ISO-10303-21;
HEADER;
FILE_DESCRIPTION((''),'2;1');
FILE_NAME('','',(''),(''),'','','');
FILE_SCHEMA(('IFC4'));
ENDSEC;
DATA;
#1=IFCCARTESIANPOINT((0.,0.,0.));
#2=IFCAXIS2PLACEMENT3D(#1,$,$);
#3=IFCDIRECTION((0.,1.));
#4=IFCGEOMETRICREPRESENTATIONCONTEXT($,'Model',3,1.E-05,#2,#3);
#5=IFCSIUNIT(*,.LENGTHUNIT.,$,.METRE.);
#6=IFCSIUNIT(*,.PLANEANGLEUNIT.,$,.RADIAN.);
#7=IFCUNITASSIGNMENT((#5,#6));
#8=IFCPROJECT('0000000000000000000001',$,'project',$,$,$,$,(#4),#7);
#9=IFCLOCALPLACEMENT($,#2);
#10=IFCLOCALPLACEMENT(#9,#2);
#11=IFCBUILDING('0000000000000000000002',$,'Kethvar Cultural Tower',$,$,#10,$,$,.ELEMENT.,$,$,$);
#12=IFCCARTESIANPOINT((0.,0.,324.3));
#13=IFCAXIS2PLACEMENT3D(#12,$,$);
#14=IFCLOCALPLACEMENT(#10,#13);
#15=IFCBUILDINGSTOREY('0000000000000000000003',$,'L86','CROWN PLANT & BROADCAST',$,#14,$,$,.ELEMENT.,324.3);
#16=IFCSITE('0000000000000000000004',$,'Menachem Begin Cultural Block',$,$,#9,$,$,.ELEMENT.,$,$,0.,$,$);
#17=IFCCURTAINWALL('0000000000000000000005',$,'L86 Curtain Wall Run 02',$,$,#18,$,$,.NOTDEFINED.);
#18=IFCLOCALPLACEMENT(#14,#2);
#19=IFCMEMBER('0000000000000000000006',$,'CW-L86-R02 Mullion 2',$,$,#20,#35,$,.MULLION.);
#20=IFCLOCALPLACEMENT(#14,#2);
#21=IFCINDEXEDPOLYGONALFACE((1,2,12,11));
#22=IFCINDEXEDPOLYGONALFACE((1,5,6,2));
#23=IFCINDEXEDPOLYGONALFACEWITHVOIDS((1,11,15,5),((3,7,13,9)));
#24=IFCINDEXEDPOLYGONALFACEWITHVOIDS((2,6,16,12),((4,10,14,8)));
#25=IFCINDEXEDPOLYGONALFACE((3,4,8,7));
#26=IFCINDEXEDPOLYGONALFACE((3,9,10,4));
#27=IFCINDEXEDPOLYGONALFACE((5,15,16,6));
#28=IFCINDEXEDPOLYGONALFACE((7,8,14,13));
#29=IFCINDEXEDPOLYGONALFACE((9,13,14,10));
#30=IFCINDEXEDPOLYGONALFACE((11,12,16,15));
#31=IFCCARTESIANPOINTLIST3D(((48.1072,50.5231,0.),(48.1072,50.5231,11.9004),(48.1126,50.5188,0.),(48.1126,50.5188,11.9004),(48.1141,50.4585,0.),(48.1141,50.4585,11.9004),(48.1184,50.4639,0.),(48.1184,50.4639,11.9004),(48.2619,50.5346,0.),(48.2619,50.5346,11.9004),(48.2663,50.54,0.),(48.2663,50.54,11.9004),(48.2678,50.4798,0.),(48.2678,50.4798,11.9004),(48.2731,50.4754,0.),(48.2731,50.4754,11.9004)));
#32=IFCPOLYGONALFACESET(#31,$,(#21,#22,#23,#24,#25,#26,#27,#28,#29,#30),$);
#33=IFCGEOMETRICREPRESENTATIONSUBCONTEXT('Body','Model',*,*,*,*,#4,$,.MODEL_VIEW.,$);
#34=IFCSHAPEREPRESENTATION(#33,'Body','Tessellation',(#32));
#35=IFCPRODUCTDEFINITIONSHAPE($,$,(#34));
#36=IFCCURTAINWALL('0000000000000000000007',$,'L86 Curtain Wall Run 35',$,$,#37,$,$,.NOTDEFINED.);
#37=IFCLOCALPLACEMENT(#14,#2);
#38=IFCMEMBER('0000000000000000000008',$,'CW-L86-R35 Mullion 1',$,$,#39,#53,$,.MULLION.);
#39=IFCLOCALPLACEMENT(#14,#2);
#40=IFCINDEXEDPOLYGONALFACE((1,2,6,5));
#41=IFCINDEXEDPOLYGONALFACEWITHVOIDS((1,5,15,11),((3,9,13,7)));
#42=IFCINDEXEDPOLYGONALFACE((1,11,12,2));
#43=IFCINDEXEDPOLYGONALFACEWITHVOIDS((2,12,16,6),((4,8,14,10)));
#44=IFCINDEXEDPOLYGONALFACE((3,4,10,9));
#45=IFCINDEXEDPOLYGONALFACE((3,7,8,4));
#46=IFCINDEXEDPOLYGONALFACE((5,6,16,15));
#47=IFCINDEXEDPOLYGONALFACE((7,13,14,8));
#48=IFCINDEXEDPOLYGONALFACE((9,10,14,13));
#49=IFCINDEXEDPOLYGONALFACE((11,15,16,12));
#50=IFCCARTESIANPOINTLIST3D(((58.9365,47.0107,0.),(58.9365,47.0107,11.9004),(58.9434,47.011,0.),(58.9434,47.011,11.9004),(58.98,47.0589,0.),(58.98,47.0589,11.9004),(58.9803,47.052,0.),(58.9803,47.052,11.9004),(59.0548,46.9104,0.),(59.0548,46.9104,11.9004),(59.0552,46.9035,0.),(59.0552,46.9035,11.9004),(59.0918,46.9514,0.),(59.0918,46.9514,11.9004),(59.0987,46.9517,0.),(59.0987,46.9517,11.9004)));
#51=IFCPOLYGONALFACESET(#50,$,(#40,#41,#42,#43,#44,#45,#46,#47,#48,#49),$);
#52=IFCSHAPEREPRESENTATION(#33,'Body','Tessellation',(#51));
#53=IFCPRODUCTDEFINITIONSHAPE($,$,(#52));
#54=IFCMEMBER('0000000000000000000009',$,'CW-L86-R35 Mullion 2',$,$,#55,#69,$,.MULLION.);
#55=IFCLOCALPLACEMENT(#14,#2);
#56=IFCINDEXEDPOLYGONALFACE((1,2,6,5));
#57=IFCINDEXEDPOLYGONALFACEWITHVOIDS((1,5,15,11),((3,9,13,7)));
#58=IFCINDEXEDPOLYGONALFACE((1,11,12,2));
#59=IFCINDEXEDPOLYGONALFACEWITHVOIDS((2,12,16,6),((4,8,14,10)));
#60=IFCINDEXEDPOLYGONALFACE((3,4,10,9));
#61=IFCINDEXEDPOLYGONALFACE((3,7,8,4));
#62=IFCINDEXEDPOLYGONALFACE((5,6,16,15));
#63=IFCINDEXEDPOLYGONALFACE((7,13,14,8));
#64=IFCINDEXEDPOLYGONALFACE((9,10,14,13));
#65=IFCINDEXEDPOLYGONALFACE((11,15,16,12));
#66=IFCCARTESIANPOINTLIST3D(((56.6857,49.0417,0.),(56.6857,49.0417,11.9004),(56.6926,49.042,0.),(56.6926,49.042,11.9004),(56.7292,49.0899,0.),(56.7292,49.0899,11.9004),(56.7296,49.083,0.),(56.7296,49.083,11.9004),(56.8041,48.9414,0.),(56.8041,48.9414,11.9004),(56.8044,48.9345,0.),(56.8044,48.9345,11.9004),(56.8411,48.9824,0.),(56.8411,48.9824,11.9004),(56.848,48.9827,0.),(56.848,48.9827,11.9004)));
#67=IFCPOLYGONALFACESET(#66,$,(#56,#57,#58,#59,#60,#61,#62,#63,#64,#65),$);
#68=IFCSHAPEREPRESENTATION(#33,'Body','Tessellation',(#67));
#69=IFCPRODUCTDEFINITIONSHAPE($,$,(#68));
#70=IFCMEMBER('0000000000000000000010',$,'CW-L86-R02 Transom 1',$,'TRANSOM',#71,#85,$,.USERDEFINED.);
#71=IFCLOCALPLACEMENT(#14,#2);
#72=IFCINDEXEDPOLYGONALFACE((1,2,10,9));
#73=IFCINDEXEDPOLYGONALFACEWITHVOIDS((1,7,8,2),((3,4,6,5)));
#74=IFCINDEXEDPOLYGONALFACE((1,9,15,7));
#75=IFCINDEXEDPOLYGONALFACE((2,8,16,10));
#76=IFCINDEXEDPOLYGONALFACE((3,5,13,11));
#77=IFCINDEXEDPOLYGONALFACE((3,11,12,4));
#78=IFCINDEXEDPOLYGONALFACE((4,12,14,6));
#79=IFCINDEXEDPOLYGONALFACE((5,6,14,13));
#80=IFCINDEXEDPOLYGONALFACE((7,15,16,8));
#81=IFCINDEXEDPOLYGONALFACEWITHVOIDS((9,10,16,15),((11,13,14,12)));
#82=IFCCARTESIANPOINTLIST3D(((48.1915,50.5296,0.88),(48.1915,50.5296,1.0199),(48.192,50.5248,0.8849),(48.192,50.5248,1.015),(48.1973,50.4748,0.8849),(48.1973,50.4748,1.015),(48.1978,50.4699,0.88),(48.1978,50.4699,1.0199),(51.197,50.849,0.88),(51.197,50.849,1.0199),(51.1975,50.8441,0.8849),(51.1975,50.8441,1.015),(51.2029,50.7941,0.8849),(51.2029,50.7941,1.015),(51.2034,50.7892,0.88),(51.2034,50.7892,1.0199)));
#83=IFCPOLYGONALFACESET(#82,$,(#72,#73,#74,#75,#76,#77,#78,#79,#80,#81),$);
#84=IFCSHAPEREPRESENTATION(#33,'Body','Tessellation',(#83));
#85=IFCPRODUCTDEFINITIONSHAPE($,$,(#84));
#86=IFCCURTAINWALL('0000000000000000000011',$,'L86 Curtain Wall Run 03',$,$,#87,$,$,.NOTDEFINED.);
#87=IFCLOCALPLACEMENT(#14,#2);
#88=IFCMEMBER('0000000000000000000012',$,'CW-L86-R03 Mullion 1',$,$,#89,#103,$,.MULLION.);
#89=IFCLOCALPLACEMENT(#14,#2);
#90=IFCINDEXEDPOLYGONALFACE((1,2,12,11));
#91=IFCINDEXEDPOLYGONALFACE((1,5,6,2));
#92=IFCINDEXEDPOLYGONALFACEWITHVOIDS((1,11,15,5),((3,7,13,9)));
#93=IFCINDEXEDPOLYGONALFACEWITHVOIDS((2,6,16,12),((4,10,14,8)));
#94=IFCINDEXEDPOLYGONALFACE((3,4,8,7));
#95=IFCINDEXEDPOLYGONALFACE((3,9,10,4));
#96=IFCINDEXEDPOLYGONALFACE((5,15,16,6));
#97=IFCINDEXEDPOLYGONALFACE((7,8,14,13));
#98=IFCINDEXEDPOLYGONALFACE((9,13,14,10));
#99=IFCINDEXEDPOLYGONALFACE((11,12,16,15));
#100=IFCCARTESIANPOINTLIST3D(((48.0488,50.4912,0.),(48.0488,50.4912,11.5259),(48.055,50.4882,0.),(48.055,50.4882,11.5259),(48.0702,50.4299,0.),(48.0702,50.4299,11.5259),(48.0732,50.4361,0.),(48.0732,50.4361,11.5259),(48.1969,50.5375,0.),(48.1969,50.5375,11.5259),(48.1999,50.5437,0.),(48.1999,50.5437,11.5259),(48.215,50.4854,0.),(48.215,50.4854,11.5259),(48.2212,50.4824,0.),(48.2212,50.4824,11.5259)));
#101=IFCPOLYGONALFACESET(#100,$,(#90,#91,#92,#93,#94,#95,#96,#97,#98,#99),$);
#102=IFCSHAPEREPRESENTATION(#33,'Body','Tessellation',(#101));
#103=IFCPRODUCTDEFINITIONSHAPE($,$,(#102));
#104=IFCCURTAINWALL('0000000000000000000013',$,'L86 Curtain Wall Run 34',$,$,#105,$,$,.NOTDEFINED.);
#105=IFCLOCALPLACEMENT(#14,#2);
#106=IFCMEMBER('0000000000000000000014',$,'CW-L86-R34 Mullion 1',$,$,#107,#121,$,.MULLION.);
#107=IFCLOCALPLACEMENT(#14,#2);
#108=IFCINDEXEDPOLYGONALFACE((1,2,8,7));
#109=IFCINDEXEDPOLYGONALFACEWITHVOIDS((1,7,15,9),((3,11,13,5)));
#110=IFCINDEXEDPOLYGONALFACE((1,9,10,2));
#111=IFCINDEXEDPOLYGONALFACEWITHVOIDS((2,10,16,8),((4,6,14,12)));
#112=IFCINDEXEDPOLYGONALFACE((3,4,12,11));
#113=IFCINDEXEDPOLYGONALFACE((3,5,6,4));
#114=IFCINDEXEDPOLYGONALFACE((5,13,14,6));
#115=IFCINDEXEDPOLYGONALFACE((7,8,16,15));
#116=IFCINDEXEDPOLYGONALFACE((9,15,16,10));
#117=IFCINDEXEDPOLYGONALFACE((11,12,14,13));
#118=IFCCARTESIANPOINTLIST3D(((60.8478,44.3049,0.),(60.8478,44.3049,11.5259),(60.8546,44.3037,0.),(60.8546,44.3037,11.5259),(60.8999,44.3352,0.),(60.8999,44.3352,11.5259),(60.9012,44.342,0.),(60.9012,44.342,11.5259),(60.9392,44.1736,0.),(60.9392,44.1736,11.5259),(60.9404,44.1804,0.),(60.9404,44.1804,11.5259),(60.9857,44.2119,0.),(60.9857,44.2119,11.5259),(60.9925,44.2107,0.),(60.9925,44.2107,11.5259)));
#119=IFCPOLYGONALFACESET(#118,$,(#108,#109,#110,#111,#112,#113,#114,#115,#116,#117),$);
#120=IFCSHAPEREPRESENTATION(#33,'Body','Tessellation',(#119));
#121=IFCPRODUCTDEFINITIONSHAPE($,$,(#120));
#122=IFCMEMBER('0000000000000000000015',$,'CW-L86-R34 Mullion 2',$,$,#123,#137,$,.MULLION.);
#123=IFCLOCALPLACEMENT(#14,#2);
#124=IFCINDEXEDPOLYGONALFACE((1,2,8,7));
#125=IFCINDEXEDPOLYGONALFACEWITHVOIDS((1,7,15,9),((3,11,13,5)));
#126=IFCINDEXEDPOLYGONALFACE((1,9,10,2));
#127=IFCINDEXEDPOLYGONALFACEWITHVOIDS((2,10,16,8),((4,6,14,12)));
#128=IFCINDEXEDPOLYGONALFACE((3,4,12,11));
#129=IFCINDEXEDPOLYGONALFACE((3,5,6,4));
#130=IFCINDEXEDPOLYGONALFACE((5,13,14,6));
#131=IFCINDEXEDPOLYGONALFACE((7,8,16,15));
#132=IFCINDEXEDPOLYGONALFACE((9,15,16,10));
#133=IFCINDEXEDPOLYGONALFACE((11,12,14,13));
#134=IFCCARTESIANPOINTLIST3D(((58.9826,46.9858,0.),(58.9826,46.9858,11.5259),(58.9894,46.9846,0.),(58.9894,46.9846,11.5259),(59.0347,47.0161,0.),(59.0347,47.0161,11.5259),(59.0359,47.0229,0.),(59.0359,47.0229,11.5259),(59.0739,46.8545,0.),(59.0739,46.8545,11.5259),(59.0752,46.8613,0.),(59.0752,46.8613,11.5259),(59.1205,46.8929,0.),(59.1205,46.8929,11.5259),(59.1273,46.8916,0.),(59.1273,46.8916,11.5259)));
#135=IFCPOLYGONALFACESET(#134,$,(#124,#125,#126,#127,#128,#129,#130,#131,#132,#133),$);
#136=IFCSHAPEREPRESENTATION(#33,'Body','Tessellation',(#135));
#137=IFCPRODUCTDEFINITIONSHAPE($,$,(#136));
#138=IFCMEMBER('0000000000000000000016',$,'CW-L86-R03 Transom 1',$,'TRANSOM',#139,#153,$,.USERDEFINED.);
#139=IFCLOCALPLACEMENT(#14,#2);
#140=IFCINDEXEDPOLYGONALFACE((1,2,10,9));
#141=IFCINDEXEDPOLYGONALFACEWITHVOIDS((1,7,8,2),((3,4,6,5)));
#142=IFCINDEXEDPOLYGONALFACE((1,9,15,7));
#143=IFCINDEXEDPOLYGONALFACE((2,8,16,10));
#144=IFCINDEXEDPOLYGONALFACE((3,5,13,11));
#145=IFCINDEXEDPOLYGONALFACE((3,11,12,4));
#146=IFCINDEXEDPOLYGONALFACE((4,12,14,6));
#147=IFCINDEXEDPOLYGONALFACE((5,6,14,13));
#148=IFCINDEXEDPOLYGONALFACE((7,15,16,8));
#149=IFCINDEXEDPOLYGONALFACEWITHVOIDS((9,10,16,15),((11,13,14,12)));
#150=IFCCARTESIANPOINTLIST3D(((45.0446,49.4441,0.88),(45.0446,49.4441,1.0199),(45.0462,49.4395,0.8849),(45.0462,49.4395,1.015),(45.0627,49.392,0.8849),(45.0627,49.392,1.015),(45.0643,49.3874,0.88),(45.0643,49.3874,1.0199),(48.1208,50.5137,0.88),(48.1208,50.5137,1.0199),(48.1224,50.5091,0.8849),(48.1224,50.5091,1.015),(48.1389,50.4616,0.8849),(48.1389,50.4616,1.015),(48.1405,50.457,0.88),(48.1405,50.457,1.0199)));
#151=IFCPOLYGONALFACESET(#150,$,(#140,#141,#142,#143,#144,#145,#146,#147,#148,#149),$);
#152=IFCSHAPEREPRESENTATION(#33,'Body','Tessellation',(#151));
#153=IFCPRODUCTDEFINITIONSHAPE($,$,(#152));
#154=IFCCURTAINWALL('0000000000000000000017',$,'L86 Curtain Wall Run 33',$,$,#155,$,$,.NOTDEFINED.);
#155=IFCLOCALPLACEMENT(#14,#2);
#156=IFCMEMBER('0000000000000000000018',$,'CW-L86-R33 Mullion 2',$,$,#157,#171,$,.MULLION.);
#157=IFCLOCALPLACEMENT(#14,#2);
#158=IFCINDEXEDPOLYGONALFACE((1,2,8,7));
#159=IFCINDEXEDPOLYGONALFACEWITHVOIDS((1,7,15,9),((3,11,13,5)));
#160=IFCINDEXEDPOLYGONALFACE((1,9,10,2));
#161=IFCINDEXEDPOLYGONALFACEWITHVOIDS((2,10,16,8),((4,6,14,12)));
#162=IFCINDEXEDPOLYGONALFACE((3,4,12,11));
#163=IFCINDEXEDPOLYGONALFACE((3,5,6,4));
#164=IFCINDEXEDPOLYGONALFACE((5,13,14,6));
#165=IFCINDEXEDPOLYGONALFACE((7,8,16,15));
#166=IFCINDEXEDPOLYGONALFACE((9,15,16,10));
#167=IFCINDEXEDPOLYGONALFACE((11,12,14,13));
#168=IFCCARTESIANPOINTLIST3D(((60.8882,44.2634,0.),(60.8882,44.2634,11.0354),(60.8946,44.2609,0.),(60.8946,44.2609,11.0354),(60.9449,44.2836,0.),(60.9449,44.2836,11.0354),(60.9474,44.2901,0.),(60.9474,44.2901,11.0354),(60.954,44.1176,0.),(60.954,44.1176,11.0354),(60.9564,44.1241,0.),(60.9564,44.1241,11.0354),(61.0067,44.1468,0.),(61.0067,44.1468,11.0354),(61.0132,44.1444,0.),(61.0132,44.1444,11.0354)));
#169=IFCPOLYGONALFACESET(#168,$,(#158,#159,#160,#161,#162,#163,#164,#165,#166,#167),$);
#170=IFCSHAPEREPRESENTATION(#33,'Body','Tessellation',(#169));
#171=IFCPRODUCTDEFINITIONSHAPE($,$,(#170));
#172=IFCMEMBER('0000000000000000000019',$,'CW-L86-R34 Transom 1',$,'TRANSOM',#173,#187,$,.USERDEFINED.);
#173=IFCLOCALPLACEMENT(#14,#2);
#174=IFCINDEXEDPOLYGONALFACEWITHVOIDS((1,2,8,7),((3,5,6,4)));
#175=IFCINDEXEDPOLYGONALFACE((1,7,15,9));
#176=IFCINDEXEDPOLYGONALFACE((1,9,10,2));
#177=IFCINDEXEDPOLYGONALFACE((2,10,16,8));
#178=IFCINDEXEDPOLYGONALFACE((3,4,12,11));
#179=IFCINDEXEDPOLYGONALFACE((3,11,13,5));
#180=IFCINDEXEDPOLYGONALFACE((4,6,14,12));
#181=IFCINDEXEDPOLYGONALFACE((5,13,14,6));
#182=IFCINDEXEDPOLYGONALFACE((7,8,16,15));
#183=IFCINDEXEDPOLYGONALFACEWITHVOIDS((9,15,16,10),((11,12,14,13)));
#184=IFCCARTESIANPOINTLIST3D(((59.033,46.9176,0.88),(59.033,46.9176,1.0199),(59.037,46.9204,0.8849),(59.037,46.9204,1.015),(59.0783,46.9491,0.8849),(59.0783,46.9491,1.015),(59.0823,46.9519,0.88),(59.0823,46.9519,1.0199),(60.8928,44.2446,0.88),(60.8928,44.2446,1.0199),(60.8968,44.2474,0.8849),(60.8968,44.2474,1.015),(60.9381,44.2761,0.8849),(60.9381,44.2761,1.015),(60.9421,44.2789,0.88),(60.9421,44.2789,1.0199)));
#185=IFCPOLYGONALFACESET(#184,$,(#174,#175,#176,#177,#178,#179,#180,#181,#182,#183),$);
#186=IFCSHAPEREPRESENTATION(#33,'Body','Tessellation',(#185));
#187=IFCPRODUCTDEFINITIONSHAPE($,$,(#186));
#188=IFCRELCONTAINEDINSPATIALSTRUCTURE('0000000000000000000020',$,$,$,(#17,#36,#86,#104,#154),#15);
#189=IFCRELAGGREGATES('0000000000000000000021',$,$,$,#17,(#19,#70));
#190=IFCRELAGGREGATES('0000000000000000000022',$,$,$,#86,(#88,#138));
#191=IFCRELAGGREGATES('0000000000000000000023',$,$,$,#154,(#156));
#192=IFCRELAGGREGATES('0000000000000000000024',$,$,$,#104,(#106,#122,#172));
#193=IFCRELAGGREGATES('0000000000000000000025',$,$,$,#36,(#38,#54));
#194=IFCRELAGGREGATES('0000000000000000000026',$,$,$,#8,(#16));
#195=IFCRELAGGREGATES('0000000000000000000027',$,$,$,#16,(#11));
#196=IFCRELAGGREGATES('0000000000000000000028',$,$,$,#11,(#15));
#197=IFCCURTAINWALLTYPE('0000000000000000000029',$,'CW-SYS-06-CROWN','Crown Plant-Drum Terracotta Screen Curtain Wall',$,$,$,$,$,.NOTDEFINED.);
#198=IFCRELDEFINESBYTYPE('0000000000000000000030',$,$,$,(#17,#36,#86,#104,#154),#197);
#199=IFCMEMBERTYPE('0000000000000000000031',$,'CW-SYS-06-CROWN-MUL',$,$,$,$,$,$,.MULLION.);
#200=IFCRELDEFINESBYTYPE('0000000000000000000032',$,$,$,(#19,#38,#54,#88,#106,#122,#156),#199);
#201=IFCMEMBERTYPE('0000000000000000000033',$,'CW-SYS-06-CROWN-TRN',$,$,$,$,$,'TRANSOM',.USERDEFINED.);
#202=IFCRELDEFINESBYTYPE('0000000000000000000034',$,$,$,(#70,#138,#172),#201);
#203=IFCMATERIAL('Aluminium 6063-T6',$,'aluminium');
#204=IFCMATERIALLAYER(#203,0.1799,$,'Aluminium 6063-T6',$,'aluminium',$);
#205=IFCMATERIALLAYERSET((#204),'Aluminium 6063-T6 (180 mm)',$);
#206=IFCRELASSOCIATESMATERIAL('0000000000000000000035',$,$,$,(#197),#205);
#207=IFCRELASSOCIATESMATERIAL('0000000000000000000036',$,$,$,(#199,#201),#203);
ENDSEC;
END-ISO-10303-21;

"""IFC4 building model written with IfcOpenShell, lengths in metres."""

from ifc_helpers import new_model, si_unit, direction, frame, origin, origin_2d, place, context, subcontext, project, spatial, hollow_rectangle, extrude, source, transform, mapped, material, layer, layer_set, material_profile, profile_set, type_object, element, aggregate, save


model = new_model("IFC4")

# Units and contexts
model_context = context("Model", 3, precision=1e-05, world=origin(), true_north=direction((0.0, 1.0)))
body_context = subcontext(model_context, "Body", "Model", "MODEL_VIEW")
ifc_project = project(units=[si_unit("LENGTHUNIT", "METRE"), si_unit("PLANEANGLEUNIT", "RADIAN")], contexts=[model_context])

# Site, building, storey
site_placement = place(None, origin())
site = spatial("IfcSite", under=ifc_project, at=site_placement, Name="Menachem Begin Cultural Block", CompositionType="ELEMENT", RefElevation=0.0)
building_placement = place(site_placement, origin())
building = spatial("IfcBuilding", under=site, at=building_placement, Name="Kethvar Cultural Tower", CompositionType="ELEMENT")
storey_placement = place(building_placement, frame((0.0, 0.0, 324.3)))
storey = spatial("IfcBuildingStorey", under=building, at=storey_placement, Name="L86", Description="CROWN PLANT & BROADCAST", CompositionType="ELEMENT", Elevation=324.3)

# Shared definitions
ifc_material_1 = material(Name="Aluminium 6063-T6", Category="aluminium")
ifc_layer_1 = layer(ifc_material_1, 0.1799, Name="Aluminium 6063-T6", Category="aluminium")
ifc_layer_set_1 = layer_set([ifc_layer_1], Name="Aluminium 6063-T6 (180 mm)")
curtain_wall_type = type_object("IfcCurtainWallType", Name="CW-SYS-06-CROWN", Description="Crown Plant-Drum Terracotta Screen Curtain Wall", PredefinedType="NOTDEFINED", material=ifc_layer_set_1)
ifc_material_profile_1 = material_profile(ifc_material_1, hollow_rectangle(XDim=0.0649, YDim=0.1599, WallThickness=0.0049, at=origin_2d()), Name="Aluminium 6063-T6 — RHS160x65x5")
ifc_profile_set_1 = profile_set([ifc_material_profile_1], Name="Aluminium 6063-T6 — RHS160x65x5")
member_type_1 = type_object("IfcMemberType", Name="CW-SYS-06-CROWN-MUL", PredefinedType="MULLION", material=ifc_profile_set_1)

# Shared definitions
ifc_material_profile_2 = material_profile(ifc_material_1, hollow_rectangle(XDim=0.0601, YDim=0.1399, WallThickness=0.0049, at=origin_2d()), Name="Aluminium 6063-T6 — RHS140x60x5")
ifc_profile_set_2 = profile_set([ifc_material_profile_2], Name="Aluminium 6063-T6 — RHS140x60x5")
member_type_2 = type_object("IfcMemberType", Name="CW-SYS-06-CROWN-TRN", ElementType="TRANSOM", PredefinedType="USERDEFINED", material=ifc_profile_set_2)

# Curtain walls, members
curtain_wall_1_placement = place(storey_placement, origin())
curtain_wall_1 = element("IfcCurtainWall", 1, at=curtain_wall_1_placement, inside=storey, type_object=curtain_wall_type, Name="L86 Curtain Wall Run 02", PredefinedType="NOTDEFINED")
shared_shape_1 = source(origin(), body_context, "Body", "SweptSolid", [
    extrude(hollow_rectangle(XDim=0.0649, YDim=0.1599, WallThickness=0.0049, at=origin_2d()), origin(), (0.0, 0.0, 1.0), 11.9004),
])
member_1_placement = place(storey_placement, frame((48.1902, 50.4993, 0.0), z_axis=(0.0, 0.0, 1.0), x_axis=(0.105639, -0.994405, 0.0)))
member_1 = element("IfcMember", 2, at=member_1_placement, type_object=member_type_1, Name="CW-L86-R02 Mullion 2", PredefinedType="MULLION", context=body_context, shape_type="MappedRepresentation", body=[
    mapped(shared_shape_1, transform((0.0, 0.0, 0.0), scale=1.0)),
])
curtain_wall_2_placement = place(storey_placement, origin())
curtain_wall_2 = element("IfcCurtainWall", 3, at=curtain_wall_2_placement, inside=storey, type_object=curtain_wall_type, Name="L86 Curtain Wall Run 35", PredefinedType="NOTDEFINED")
member_2_placement = place(storey_placement, frame((59.0176, 46.9812, 0.0), z_axis=(0.0, 0.0, 1.0), x_axis=(-0.669986, -0.742374, 0.0)))
member_2 = element("IfcMember", 4, at=member_2_placement, type_object=member_type_1, Name="CW-L86-R35 Mullion 1", PredefinedType="MULLION", context=body_context, shape_type="MappedRepresentation", body=[
    mapped(shared_shape_1, transform((0.0, 0.0, 0.0), scale=1.0)),
])
member_3_placement = place(storey_placement, frame((56.7668, 49.0122, 0.0), z_axis=(0.0, 0.0, 1.0), x_axis=(-0.669986, -0.742374, 0.0)))
member_3 = element("IfcMember", 5, at=member_3_placement, type_object=member_type_1, Name="CW-L86-R35 Mullion 2", PredefinedType="MULLION", context=body_context, shape_type="MappedRepresentation", body=[
    mapped(shared_shape_1, transform((0.0, 0.0, 0.0), scale=1.0)),
])

# Member
shared_shape_2 = source(origin(), body_context, "Body", "SweptSolid", [
    extrude(hollow_rectangle(XDim=0.0601, YDim=0.1399, WallThickness=0.0049, at=origin_2d()), origin(), (0.0, 0.0, 1.0), 3.0225),
])
member_4_placement = place(storey_placement, frame((51.2002, 50.8191, 0.95), z_axis=(-0.994403, -0.105652, 0.0), x_axis=(0.105652, -0.994403, 0.0)))
member_4 = element("IfcMember", 6, at=member_4_placement, type_object=member_type_2, Name="CW-L86-R02 Transom 1", ObjectType="TRANSOM", PredefinedType="USERDEFINED", context=body_context, shape_type="MappedRepresentation", body=[
    mapped(shared_shape_2, transform((0.0, 0.0, 0.0), scale=1.0)),
])

# Curtain wall, member
curtain_wall_3_placement = place(storey_placement, origin())
curtain_wall_3 = element("IfcCurtainWall", 7, at=curtain_wall_3_placement, inside=storey, type_object=curtain_wall_type, Name="L86 Curtain Wall Run 03", PredefinedType="NOTDEFINED")
shared_shape_3 = source(origin(), body_context, "Body", "SweptSolid", [
    extrude(hollow_rectangle(XDim=0.0649, YDim=0.1599, WallThickness=0.0049, at=origin_2d()), origin(), (0.0, 0.0, 1.0), 11.5259),
])
member_5_placement = place(storey_placement, frame((48.135, 50.4868, 0.0), z_axis=(0.0, 0.0, 1.0), x_axis=(0.328405, -0.944537, 0.0)))
member_5 = element("IfcMember", 8, at=member_5_placement, type_object=member_type_1, Name="CW-L86-R03 Mullion 1", PredefinedType="MULLION", context=body_context, shape_type="MappedRepresentation", body=[
    mapped(shared_shape_3, transform((0.0, 0.0, 0.0), scale=1.0)),
])

# Curtain wall, members
curtain_wall_4_placement = place(storey_placement, origin())
curtain_wall_4 = element("IfcCurtainWall", 9, at=curtain_wall_4_placement, inside=storey, type_object=curtain_wall_type, Name="L86 Curtain Wall Run 34", PredefinedType="NOTDEFINED")
member_6_placement = place(storey_placement, frame((60.9202, 44.2578, 0.0), z_axis=(0.0, 0.0, 1.0), x_axis=(-0.82085, -0.571143, 0.0)))
member_6 = element("IfcMember", 10, at=member_6_placement, type_object=member_type_1, Name="CW-L86-R34 Mullion 1", PredefinedType="MULLION", context=body_context, shape_type="MappedRepresentation", body=[
    mapped(shared_shape_3, transform((0.0, 0.0, 0.0), scale=1.0)),
])
member_7_placement = place(storey_placement, frame((59.0549, 46.9387, 0.0), z_axis=(0.0, 0.0, 1.0), x_axis=(-0.82085, -0.571143, 0.0)))
member_7 = element("IfcMember", 11, at=member_7_placement, type_object=member_type_1, Name="CW-L86-R34 Mullion 2", PredefinedType="MULLION", context=body_context, shape_type="MappedRepresentation", body=[
    mapped(shared_shape_3, transform((0.0, 0.0, 0.0), scale=1.0)),
])

# Member
shared_shape_4 = source(origin(), body_context, "Body", "SweptSolid", [
    extrude(hollow_rectangle(XDim=0.0601, YDim=0.1399, WallThickness=0.0049, at=origin_2d()), origin(), (0.0, 0.0, 1.0), 3.2568),
])
member_8_placement = place(storey_placement, frame((48.1306, 50.4854, 0.95), z_axis=(-0.944534, -0.328413, 0.0), x_axis=(0.328413, -0.944534, 0.0)))
member_8 = element("IfcMember", 12, at=member_8_placement, type_object=member_type_2, Name="CW-L86-R03 Transom 1", ObjectType="TRANSOM", PredefinedType="USERDEFINED", context=body_context, shape_type="MappedRepresentation", body=[
    mapped(shared_shape_4, transform((0.0, 0.0, 0.0), scale=1.0)),
])

# Curtain wall, member
curtain_wall_5_placement = place(storey_placement, origin())
curtain_wall_5 = element("IfcCurtainWall", 13, at=curtain_wall_5_placement, inside=storey, type_object=curtain_wall_type, Name="L86 Curtain Wall Run 33", PredefinedType="NOTDEFINED")
shared_shape_5 = source(origin(), body_context, "Body", "SweptSolid", [
    extrude(hollow_rectangle(XDim=0.0649, YDim=0.1599, WallThickness=0.0049, at=origin_2d()), origin(), (0.0, 0.0, 1.0), 11.0354),
])
member_9_placement = place(storey_placement, frame((60.9507, 44.2039, 0.0), z_axis=(0.0, 0.0, 1.0), x_axis=(-0.911339, -0.411658, 0.0)))
member_9 = element("IfcMember", 14, at=member_9_placement, type_object=member_type_1, Name="CW-L86-R33 Mullion 2", PredefinedType="MULLION", context=body_context, shape_type="MappedRepresentation", body=[
    mapped(shared_shape_5, transform((0.0, 0.0, 0.0), scale=1.0)),
])

# Member
shared_shape_6 = source(origin(), body_context, "Body", "SweptSolid", [
    extrude(hollow_rectangle(XDim=0.0601, YDim=0.1399, WallThickness=0.0049, at=origin_2d()), origin(), (0.0, 0.0, 1.0), 3.2563),
])
member_10_placement = place(storey_placement, frame((60.9175, 44.2617, 0.95), z_axis=(-0.57113, 0.820859, 0.0), x_axis=(-0.820859, -0.57113, 0.0)))
member_10 = element("IfcMember", 15, at=member_10_placement, type_object=member_type_2, Name="CW-L86-R34 Transom 1", ObjectType="TRANSOM", PredefinedType="USERDEFINED", context=body_context, shape_type="MappedRepresentation", body=[
    mapped(shared_shape_6, transform((0.0, 0.0, 0.0), scale=1.0)),
])

aggregate(curtain_wall_1, [member_1, member_4])
aggregate(curtain_wall_3, [member_5, member_8])
aggregate(curtain_wall_5, [member_9])
aggregate(curtain_wall_4, [member_6, member_7, member_10])
aggregate(curtain_wall_2, [member_2, member_3])

save(model, "model.ifc")
